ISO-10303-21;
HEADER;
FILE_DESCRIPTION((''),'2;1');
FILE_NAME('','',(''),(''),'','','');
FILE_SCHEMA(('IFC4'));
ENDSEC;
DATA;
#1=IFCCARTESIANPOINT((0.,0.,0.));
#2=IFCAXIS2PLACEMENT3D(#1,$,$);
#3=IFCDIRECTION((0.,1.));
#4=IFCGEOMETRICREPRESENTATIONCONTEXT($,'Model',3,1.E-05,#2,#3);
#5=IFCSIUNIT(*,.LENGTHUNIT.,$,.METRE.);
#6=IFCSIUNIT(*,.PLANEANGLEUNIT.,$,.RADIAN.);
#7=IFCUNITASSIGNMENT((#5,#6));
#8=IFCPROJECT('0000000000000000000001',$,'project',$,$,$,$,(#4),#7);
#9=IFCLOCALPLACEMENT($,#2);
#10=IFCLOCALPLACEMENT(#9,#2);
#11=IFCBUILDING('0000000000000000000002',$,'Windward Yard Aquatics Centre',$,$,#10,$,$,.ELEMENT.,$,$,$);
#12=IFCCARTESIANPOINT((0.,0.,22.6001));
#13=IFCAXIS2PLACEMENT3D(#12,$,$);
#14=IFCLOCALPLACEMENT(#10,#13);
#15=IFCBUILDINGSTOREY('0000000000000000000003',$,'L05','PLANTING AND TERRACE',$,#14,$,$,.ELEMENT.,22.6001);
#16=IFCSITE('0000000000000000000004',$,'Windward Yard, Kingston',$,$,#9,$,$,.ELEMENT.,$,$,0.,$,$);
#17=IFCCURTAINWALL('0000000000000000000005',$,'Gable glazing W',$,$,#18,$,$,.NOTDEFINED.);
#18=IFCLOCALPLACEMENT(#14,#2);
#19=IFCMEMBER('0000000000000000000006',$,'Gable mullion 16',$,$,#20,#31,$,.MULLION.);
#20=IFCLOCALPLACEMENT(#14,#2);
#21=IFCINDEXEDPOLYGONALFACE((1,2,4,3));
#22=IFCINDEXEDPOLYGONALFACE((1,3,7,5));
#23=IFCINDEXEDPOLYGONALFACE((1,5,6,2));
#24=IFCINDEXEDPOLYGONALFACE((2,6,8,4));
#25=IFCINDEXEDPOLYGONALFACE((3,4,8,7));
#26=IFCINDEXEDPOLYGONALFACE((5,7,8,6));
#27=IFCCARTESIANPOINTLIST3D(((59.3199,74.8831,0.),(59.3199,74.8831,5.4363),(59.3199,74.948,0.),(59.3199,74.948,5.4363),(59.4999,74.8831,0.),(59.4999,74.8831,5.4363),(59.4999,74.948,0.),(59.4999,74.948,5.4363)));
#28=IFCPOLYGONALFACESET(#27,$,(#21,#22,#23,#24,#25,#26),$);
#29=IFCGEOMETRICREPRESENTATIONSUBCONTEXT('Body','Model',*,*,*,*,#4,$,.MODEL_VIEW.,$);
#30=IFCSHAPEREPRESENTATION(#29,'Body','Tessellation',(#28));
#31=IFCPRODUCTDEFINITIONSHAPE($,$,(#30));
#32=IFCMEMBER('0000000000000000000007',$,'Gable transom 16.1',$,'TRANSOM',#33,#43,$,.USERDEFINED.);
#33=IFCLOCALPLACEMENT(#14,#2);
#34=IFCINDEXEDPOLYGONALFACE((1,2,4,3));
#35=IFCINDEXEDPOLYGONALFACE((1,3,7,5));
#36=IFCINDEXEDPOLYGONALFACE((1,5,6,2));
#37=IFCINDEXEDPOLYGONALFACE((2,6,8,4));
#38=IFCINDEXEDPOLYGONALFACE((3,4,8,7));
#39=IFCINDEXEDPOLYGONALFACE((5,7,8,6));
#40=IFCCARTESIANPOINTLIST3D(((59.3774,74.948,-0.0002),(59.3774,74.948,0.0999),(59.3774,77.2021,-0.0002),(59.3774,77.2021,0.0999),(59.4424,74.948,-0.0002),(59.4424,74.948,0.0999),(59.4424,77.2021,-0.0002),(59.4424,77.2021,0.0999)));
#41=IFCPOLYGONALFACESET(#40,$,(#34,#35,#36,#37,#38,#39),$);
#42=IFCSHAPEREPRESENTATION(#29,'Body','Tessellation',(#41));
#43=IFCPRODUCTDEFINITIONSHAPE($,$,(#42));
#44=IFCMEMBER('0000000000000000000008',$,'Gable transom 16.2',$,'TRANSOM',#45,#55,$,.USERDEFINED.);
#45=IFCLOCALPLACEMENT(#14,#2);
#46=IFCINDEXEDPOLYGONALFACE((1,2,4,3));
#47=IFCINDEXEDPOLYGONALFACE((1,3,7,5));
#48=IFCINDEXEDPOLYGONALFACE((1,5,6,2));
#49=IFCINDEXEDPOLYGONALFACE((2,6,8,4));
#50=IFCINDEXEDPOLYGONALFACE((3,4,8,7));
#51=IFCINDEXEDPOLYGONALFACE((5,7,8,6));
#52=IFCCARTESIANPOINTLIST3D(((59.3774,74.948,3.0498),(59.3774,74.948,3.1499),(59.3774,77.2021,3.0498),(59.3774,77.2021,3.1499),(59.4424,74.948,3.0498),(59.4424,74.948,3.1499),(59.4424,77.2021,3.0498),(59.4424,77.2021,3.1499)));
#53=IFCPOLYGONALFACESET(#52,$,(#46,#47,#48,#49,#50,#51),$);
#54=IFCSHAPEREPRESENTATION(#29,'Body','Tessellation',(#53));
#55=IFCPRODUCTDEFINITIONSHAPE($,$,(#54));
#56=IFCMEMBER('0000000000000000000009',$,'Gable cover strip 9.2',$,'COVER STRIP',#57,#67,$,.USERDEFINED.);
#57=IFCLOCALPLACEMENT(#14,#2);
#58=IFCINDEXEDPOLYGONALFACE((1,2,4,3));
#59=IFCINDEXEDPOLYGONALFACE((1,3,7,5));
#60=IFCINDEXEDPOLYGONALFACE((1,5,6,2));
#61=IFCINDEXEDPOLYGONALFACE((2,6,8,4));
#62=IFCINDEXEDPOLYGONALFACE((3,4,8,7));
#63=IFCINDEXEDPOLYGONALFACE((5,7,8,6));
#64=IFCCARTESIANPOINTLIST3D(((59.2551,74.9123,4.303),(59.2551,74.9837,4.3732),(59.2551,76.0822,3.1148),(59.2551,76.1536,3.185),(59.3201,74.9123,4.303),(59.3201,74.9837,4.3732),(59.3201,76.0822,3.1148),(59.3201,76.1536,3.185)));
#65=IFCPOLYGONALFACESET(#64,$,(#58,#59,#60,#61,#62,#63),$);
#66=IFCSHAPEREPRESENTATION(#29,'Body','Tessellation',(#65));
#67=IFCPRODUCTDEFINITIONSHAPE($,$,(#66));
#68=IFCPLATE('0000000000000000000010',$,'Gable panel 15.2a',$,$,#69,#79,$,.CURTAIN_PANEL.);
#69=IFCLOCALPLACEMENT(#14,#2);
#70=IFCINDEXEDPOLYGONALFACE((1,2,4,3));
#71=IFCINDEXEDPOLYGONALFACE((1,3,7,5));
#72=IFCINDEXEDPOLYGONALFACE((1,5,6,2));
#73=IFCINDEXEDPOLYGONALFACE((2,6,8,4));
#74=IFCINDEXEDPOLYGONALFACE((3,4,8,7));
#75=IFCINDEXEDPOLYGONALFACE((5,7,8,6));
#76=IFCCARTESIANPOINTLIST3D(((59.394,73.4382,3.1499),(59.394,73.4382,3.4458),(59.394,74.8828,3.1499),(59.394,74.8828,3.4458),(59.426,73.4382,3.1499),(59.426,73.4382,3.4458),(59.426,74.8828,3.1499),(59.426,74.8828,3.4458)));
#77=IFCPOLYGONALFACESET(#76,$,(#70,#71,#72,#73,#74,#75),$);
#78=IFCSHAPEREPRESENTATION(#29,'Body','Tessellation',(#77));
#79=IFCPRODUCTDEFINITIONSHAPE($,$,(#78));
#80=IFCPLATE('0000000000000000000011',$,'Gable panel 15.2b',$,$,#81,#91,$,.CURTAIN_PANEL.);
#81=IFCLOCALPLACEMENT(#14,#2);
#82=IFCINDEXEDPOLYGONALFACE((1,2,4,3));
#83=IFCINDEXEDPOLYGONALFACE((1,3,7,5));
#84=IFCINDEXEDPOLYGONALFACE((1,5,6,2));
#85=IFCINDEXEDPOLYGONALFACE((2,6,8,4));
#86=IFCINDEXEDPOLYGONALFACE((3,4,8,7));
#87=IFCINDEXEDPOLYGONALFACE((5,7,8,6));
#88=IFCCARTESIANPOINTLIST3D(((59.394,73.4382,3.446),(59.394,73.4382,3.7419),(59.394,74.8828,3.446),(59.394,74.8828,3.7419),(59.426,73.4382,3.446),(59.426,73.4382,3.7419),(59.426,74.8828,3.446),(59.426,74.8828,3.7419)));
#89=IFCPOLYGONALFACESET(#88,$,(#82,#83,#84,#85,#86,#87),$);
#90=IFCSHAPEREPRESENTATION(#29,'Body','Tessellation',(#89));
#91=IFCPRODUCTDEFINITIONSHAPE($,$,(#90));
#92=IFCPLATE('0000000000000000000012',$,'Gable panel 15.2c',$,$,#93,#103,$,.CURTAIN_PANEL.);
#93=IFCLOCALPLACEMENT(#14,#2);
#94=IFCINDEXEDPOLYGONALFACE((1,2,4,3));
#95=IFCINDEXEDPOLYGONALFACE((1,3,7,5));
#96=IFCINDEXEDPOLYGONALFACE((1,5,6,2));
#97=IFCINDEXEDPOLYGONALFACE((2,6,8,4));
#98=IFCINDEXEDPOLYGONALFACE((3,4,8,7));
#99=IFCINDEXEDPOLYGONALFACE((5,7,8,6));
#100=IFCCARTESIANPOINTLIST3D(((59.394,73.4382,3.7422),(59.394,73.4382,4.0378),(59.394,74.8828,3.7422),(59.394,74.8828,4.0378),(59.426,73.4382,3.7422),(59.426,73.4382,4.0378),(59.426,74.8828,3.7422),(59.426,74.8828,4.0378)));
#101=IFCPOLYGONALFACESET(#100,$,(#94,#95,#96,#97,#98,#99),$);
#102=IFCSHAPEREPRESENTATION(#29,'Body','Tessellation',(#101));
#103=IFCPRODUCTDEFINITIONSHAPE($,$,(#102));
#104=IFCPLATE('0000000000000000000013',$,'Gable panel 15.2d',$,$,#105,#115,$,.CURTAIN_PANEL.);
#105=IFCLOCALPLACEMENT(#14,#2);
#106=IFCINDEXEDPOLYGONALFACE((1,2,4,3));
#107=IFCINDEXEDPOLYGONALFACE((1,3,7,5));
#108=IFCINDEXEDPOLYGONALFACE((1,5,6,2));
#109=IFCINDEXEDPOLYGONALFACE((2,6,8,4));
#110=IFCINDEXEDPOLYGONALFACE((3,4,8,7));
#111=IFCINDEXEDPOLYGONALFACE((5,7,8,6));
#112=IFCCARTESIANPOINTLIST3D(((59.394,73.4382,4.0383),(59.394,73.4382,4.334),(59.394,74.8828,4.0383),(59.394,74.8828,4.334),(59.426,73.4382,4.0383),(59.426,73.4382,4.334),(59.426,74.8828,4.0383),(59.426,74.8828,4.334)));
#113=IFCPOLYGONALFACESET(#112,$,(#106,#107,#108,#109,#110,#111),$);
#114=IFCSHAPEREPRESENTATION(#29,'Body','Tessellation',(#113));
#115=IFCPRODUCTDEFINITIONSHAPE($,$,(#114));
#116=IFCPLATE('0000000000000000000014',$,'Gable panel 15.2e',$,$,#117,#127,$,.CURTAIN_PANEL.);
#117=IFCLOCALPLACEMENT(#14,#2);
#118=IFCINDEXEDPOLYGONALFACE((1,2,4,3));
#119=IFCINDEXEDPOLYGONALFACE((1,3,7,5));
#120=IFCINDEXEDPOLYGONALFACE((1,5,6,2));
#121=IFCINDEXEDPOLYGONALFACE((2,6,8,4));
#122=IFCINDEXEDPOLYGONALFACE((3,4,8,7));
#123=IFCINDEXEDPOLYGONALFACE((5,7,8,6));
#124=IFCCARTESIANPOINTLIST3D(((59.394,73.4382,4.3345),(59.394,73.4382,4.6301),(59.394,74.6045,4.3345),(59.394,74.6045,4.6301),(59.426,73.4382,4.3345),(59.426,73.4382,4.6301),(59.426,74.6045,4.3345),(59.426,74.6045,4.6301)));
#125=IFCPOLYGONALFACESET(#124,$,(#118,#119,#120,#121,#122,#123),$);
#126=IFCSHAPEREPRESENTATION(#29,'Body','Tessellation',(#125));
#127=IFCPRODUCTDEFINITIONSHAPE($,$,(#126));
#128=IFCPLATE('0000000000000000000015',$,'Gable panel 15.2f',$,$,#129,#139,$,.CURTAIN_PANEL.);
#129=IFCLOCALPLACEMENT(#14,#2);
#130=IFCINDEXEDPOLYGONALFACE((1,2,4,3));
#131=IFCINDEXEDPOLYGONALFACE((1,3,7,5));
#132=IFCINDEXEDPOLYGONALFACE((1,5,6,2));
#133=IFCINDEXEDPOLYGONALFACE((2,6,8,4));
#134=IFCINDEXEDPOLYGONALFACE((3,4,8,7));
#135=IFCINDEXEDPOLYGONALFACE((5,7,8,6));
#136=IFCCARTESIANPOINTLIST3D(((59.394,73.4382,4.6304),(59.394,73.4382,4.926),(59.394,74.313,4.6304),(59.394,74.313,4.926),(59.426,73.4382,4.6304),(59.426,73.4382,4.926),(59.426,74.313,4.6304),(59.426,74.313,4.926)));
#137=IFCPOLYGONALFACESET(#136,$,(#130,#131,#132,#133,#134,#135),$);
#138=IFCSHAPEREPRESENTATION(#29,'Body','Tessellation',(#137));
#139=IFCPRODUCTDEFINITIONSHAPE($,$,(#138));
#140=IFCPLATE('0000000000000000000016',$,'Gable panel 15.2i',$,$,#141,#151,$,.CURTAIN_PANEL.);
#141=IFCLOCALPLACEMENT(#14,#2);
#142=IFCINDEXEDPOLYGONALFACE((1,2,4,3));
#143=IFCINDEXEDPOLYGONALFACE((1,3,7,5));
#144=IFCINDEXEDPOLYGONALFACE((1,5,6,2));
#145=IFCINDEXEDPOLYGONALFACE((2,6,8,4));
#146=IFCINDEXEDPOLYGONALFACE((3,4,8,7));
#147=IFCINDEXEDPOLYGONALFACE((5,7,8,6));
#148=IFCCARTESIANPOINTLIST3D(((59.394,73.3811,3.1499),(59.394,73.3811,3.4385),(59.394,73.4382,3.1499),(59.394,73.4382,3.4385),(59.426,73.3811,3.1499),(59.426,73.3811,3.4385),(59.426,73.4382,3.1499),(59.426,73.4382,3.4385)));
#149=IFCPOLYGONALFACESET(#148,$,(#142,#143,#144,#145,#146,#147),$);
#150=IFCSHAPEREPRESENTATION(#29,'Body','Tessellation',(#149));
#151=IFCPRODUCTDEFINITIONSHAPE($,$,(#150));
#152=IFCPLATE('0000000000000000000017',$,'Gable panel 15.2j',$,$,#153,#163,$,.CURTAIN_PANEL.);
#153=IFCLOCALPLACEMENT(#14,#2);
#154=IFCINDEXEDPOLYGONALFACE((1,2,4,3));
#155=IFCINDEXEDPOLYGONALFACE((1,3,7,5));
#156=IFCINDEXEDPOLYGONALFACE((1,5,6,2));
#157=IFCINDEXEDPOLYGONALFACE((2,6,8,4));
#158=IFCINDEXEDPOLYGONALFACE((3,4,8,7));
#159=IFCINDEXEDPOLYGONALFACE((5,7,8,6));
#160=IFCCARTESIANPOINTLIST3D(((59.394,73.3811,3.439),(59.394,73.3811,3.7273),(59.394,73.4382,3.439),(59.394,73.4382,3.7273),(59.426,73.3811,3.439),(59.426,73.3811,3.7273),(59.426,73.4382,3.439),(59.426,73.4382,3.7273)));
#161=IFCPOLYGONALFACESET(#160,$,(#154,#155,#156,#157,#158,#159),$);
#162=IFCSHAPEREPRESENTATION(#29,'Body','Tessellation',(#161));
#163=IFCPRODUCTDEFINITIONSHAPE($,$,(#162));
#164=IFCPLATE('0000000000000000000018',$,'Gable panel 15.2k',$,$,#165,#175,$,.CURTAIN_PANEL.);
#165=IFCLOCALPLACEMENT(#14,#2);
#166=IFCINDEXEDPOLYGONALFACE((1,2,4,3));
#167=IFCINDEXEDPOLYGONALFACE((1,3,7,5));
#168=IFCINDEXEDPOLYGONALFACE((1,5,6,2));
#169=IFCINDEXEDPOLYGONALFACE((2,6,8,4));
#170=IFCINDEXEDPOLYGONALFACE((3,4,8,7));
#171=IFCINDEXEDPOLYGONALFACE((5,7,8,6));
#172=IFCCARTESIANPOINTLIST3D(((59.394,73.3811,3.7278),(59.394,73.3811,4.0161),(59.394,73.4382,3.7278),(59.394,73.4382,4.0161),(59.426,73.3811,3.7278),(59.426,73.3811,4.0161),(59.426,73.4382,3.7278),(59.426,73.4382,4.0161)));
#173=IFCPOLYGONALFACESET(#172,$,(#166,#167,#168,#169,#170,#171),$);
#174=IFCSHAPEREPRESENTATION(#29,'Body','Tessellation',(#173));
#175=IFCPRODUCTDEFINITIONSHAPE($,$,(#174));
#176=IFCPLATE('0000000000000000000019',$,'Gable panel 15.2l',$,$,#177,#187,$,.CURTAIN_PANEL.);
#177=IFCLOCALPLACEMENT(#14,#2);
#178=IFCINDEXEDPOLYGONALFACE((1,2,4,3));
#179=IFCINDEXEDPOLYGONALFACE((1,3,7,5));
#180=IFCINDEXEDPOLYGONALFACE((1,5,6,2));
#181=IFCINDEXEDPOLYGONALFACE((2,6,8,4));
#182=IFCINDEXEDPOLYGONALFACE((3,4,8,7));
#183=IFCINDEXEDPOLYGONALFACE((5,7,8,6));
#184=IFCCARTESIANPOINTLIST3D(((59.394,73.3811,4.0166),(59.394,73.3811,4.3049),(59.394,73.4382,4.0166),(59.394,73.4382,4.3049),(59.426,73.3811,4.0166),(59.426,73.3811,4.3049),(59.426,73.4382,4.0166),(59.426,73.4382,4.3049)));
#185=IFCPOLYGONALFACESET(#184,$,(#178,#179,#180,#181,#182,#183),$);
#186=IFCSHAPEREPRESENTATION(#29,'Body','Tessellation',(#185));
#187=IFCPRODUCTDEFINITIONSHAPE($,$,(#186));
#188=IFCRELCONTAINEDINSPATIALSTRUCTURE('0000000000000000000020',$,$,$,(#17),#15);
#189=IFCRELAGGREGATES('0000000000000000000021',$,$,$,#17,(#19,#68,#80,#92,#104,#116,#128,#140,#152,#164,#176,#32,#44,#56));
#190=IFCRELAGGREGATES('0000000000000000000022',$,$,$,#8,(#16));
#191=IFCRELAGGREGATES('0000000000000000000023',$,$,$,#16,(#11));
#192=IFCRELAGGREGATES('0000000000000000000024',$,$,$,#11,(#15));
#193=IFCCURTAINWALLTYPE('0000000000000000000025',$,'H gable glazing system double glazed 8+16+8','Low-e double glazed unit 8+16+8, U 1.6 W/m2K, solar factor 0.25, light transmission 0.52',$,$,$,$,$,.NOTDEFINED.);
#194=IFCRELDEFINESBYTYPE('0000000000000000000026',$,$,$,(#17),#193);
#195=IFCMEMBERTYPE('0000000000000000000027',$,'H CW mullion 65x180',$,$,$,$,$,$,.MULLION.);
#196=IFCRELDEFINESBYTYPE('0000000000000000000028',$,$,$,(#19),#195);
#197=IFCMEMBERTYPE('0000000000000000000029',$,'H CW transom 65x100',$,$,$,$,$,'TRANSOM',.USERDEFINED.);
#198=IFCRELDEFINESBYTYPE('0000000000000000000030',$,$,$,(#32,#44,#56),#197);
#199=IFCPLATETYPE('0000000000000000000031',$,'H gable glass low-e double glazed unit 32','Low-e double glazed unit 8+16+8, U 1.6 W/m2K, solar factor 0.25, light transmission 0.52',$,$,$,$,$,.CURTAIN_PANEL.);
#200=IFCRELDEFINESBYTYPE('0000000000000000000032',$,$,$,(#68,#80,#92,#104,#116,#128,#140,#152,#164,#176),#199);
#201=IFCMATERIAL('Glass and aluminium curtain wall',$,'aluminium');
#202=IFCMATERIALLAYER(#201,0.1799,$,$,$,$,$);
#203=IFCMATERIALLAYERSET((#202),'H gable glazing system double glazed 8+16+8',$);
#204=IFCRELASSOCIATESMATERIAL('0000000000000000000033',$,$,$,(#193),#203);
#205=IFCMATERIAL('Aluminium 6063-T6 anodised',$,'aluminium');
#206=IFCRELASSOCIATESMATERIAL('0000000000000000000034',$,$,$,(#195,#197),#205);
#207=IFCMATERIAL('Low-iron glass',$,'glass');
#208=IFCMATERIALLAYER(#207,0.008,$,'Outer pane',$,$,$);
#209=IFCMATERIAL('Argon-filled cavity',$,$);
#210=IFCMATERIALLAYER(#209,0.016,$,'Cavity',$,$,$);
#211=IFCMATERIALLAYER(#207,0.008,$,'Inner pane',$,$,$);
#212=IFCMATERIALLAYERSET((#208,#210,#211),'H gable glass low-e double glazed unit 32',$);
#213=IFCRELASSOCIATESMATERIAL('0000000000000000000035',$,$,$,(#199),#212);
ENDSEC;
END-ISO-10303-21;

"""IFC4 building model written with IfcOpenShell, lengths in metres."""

from ifc_helpers import new_model, si_unit, direction, frame, origin, origin_2d, place, context, subcontext, project, spatial, polyline, rectangle, outline, extrude, material, layer, layer_set, material_profile, profile_set, type_object, element, aggregate, save


model = new_model("IFC4")

# Units and contexts
model_context = context("Model", 3, precision=1e-05, world=origin(), true_north=direction((0.0, 1.0)))
body_context = subcontext(model_context, "Body", "Model", "MODEL_VIEW")
ifc_project = project(units=[si_unit("LENGTHUNIT", "METRE"), si_unit("PLANEANGLEUNIT", "RADIAN")], contexts=[model_context])

# Site, building, storey
site_placement = place(None, origin())
site = spatial("IfcSite", under=ifc_project, at=site_placement, Name="Windward Yard, Kingston", CompositionType="ELEMENT", RefElevation=0.0)
building_placement = place(site_placement, origin())
building = spatial("IfcBuilding", under=site, at=building_placement, Name="Windward Yard Aquatics Centre", CompositionType="ELEMENT")
storey_placement = place(building_placement, frame((0.0, 0.0, 22.6001)))
storey = spatial("IfcBuildingStorey", under=building, at=storey_placement, Name="L05", Description="PLANTING AND TERRACE", CompositionType="ELEMENT", Elevation=22.6001)

# Curtain wall, members, plates
ifc_material_1 = material(Name="Glass and aluminium curtain wall", Category="aluminium")
ifc_layer_1 = layer(ifc_material_1, 0.1799)
ifc_layer_set_1 = layer_set([ifc_layer_1], Name="H gable glazing system double glazed 8+16+8")
curtain_wall_type = type_object("IfcCurtainWallType", Name="H gable glazing system double glazed 8+16+8", Description="Low-e double glazed unit 8+16+8, U 1.6 W/m2K, solar factor 0.25, light transmission 0.52", PredefinedType="NOTDEFINED", material=ifc_layer_set_1)
curtain_wall_placement = place(storey_placement, origin())
curtain_wall = element("IfcCurtainWall", 1, at=curtain_wall_placement, inside=storey, type_object=curtain_wall_type, Name="Gable glazing W", PredefinedType="NOTDEFINED")
ifc_material_2 = material(Name="Aluminium 6063-T6 anodised", Category="aluminium")
ifc_material_profile_1 = material_profile(ifc_material_2, rectangle(XDim=0.0649, YDim=0.1799, at=origin_2d()), Name="H CW mullion 65x180")
ifc_profile_set_1 = profile_set([ifc_material_profile_1], Name="Aluminium 6063-T6 anodised")
member_type_1 = type_object("IfcMemberType", Name="H CW mullion 65x180", PredefinedType="MULLION", material=ifc_profile_set_1)
member_1_placement = place(storey_placement, frame((59.4099, 74.9155, 0.0), z_axis=(0.0, 0.0, 1.0), x_axis=(0.0, 1.0, 0.0)))
member_1 = element("IfcMember", 2, at=member_1_placement, type_object=member_type_1, Name="Gable mullion 16", PredefinedType="MULLION", context=body_context, shape_type="SweptSolid", body=[
    extrude(rectangle(XDim=0.0649, YDim=0.1799, at=origin_2d()), origin(), (0.0, 0.0, 1.0), 5.4363),
])
ifc_material_profile_2 = material_profile(ifc_material_2, rectangle(XDim=0.0649, YDim=0.1001, at=origin_2d()), Name="H CW transom 65x100")
ifc_profile_set_2 = profile_set([ifc_material_profile_2], Name="Aluminium 6063-T6 anodised")
member_type_2 = type_object("IfcMemberType", Name="H CW transom 65x100", ElementType="TRANSOM", PredefinedType="USERDEFINED", material=ifc_profile_set_2)
member_2_placement = place(storey_placement, frame((59.4099, 74.948, 0.0498), z_axis=(0.0, 1.0, 0.0), x_axis=(-1.0, 0.0, 0.0)))
member_2 = element("IfcMember", 3, at=member_2_placement, type_object=member_type_2, Name="Gable transom 16.1", ObjectType="TRANSOM", PredefinedType="USERDEFINED", context=body_context, shape_type="SweptSolid", body=[
    extrude(rectangle(XDim=0.0649, YDim=0.1001, at=origin_2d()), origin(), (0.0, 0.0, 1.0), 2.2542),
])
member_3_placement = place(storey_placement, frame((59.4099, 74.948, 3.0999), z_axis=(0.0, 1.0, 0.0), x_axis=(-1.0, 0.0, 0.0)))
member_3 = element("IfcMember", 4, at=member_3_placement, type_object=member_type_2, Name="Gable transom 16.2", ObjectType="TRANSOM", PredefinedType="USERDEFINED", context=body_context, shape_type="SweptSolid", body=[
    extrude(rectangle(XDim=0.0649, YDim=0.1001, at=origin_2d()), origin(), (0.0, 0.0, 1.0), 2.2542),
])
member_4_placement = place(storey_placement, frame((59.2876, 74.948, 4.3381), z_axis=(0.0, 0.701595, -0.712576), x_axis=(-1.0, 0.0, 0.0)))
member_4 = element("IfcMember", 5, at=member_4_placement, type_object=member_type_2, Name="Gable cover strip 9.2", ObjectType="COVER STRIP", PredefinedType="USERDEFINED", context=body_context, shape_type="SweptSolid", body=[
    extrude(rectangle(XDim=0.0649, YDim=0.1001, at=origin_2d()), origin(), (0.0, 0.0, 1.0), 1.6675),
])
ifc_material_3 = material(Name="Low-iron glass", Category="glass")
ifc_layer_2 = layer(ifc_material_3, 0.008, Name="Outer pane")
ifc_material_4 = material(Name="Argon-filled cavity")
ifc_layer_3 = layer(ifc_material_4, 0.016, Name="Cavity")
ifc_layer_4 = layer(ifc_material_3, 0.008, Name="Inner pane")
ifc_layer_set_2 = layer_set([ifc_layer_2, ifc_layer_3, ifc_layer_4], Name="H gable glass low-e double glazed unit 32")
plate_type = type_object("IfcPlateType", Name="H gable glass low-e double glazed unit 32", Description="Low-e double glazed unit 8+16+8, U 1.6 W/m2K, solar factor 0.25, light transmission 0.52", PredefinedType="CURTAIN_PANEL", material=ifc_layer_set_2)
plate_1_placement = place(storey_placement, frame((59.426, 73.4382, 3.1499), z_axis=(1.0, 0.0, 0.0), x_axis=(0.0, 1.0, 0.0)))
plate_1 = element("IfcPlate", 6, at=plate_1_placement, type_object=plate_type, Name="Gable panel 15.2a", PredefinedType="CURTAIN_PANEL", context=body_context, shape_type="SweptSolid", body=[
    extrude(outline(polyline([(0.0, 0.0), (1.4446, 0.0), (1.4446, 0.2959), (0.0, 0.2959), (0.0, 0.0)])), origin(), (0.0, 0.0, -1.0), 0.032),
])
plate_2_placement = place(storey_placement, frame((59.426, 73.4382, 3.446), z_axis=(1.0, 0.0, 0.0), x_axis=(0.0, 1.0, 0.0)))
plate_2 = element("IfcPlate", 7, at=plate_2_placement, type_object=plate_type, Name="Gable panel 15.2b", PredefinedType="CURTAIN_PANEL", context=body_context, shape_type="SweptSolid", body=[
    extrude(outline(polyline([(0.0, 0.0), (1.4446, 0.0), (1.4446, 0.2959), (0.0, 0.2959), (0.0, 0.0)])), origin(), (0.0, 0.0, -1.0), 0.032),
])
plate_3_placement = place(storey_placement, frame((59.426, 73.4382, 3.7422), z_axis=(1.0, 0.0, 0.0), x_axis=(0.0, 1.0, 0.0)))
plate_3 = element("IfcPlate", 8, at=plate_3_placement, type_object=plate_type, Name="Gable panel 15.2c", PredefinedType="CURTAIN_PANEL", context=body_context, shape_type="SweptSolid", body=[
    extrude(outline(polyline([(0.0, 0.0), (1.4446, 0.0), (1.4446, 0.2957), (0.0, 0.2957), (0.0, 0.0)])), origin(), (0.0, 0.0, -1.0), 0.032),
])
plate_4_placement = place(storey_placement, frame((59.426, 73.4382, 4.0383), z_axis=(1.0, 0.0, 0.0), x_axis=(0.0, 1.0, 0.0)))
plate_4 = element("IfcPlate", 9, at=plate_4_placement, type_object=plate_type, Name="Gable panel 15.2d", PredefinedType="CURTAIN_PANEL", context=body_context, shape_type="SweptSolid", body=[
    extrude(outline(polyline([(0.0, 0.0), (1.4446, 0.0), (1.4446, 0.2957), (0.0, 0.2957), (0.0, 0.0)])), origin(), (0.0, 0.0, -1.0), 0.032),
])
plate_5_placement = place(storey_placement, frame((59.426, 73.4382, 4.3345), z_axis=(1.0, 0.0, 0.0), x_axis=(0.0, 1.0, 0.0)))
plate_5 = element("IfcPlate", 10, at=plate_5_placement, type_object=plate_type, Name="Gable panel 15.2e", PredefinedType="CURTAIN_PANEL", context=body_context, shape_type="SweptSolid", body=[
    extrude(outline(polyline([(0.0, 0.0), (1.1663, 0.0), (1.1663, 0.2957), (0.0, 0.2957), (0.0, 0.0)])), origin(), (0.0, 0.0, -1.0), 0.032),
])
plate_6_placement = place(storey_placement, frame((59.426, 73.4382, 4.6304), z_axis=(1.0, 0.0, 0.0), x_axis=(0.0, 1.0, 0.0)))
plate_6 = element("IfcPlate", 11, at=plate_6_placement, type_object=plate_type, Name="Gable panel 15.2f", PredefinedType="CURTAIN_PANEL", context=body_context, shape_type="SweptSolid", body=[
    extrude(outline(polyline([(0.0, 0.0), (0.8748, 0.0), (0.8748, 0.2957), (0.0, 0.2957), (0.0, 0.0)])), origin(), (0.0, 0.0, -1.0), 0.032),
])
plate_7_placement = place(storey_placement, frame((59.426, 73.3811, 3.1499), z_axis=(1.0, 0.0, 0.0), x_axis=(0.0, 1.0, 0.0)))
plate_7 = element("IfcPlate", 12, at=plate_7_placement, type_object=plate_type, Name="Gable panel 15.2i", PredefinedType="CURTAIN_PANEL", context=body_context, shape_type="SweptSolid", body=[
    extrude(outline(polyline([(0.0, 0.0), (0.0571, 0.0), (0.0571, 0.2886), (0.0, 0.2886), (0.0, 0.0)])), origin(), (0.0, 0.0, -1.0), 0.032),
])
plate_8_placement = place(storey_placement, frame((59.426, 73.3811, 3.439), z_axis=(1.0, 0.0, 0.0), x_axis=(0.0, 1.0, 0.0)))
plate_8 = element("IfcPlate", 13, at=plate_8_placement, type_object=plate_type, Name="Gable panel 15.2j", PredefinedType="CURTAIN_PANEL", context=body_context, shape_type="SweptSolid", body=[
    extrude(outline(polyline([(0.0, 0.0), (0.0571, 0.0), (0.0571, 0.2883), (0.0, 0.2883), (0.0, 0.0)])), origin(), (0.0, 0.0, -1.0), 0.032),
])
plate_9_placement = place(storey_placement, frame((59.426, 73.3811, 3.7278), z_axis=(1.0, 0.0, 0.0), x_axis=(0.0, 1.0, 0.0)))
plate_9 = element("IfcPlate", 14, at=plate_9_placement, type_object=plate_type, Name="Gable panel 15.2k", PredefinedType="CURTAIN_PANEL", context=body_context, shape_type="SweptSolid", body=[
    extrude(outline(polyline([(0.0, 0.0), (0.0571, 0.0), (0.0571, 0.2883), (0.0, 0.2883), (0.0, 0.0)])), origin(), (0.0, 0.0, -1.0), 0.032),
])
plate_10_placement = place(storey_placement, frame((59.426, 73.3811, 4.0166), z_axis=(1.0, 0.0, 0.0), x_axis=(0.0, 1.0, 0.0)))
plate_10 = element("IfcPlate", 15, at=plate_10_placement, type_object=plate_type, Name="Gable panel 15.2l", PredefinedType="CURTAIN_PANEL", context=body_context, shape_type="SweptSolid", body=[
    extrude(outline(polyline([(0.0, 0.0), (0.0571, 0.0), (0.0571, 0.2883), (0.0, 0.2883), (0.0, 0.0)])), origin(), (0.0, 0.0, -1.0), 0.032),
])
aggregate(curtain_wall, [member_1, plate_1, plate_2, plate_3, plate_4, plate_5, plate_6, plate_7, plate_8, plate_9, plate_10, member_2, member_3, member_4])

save(model, "model.ifc")
